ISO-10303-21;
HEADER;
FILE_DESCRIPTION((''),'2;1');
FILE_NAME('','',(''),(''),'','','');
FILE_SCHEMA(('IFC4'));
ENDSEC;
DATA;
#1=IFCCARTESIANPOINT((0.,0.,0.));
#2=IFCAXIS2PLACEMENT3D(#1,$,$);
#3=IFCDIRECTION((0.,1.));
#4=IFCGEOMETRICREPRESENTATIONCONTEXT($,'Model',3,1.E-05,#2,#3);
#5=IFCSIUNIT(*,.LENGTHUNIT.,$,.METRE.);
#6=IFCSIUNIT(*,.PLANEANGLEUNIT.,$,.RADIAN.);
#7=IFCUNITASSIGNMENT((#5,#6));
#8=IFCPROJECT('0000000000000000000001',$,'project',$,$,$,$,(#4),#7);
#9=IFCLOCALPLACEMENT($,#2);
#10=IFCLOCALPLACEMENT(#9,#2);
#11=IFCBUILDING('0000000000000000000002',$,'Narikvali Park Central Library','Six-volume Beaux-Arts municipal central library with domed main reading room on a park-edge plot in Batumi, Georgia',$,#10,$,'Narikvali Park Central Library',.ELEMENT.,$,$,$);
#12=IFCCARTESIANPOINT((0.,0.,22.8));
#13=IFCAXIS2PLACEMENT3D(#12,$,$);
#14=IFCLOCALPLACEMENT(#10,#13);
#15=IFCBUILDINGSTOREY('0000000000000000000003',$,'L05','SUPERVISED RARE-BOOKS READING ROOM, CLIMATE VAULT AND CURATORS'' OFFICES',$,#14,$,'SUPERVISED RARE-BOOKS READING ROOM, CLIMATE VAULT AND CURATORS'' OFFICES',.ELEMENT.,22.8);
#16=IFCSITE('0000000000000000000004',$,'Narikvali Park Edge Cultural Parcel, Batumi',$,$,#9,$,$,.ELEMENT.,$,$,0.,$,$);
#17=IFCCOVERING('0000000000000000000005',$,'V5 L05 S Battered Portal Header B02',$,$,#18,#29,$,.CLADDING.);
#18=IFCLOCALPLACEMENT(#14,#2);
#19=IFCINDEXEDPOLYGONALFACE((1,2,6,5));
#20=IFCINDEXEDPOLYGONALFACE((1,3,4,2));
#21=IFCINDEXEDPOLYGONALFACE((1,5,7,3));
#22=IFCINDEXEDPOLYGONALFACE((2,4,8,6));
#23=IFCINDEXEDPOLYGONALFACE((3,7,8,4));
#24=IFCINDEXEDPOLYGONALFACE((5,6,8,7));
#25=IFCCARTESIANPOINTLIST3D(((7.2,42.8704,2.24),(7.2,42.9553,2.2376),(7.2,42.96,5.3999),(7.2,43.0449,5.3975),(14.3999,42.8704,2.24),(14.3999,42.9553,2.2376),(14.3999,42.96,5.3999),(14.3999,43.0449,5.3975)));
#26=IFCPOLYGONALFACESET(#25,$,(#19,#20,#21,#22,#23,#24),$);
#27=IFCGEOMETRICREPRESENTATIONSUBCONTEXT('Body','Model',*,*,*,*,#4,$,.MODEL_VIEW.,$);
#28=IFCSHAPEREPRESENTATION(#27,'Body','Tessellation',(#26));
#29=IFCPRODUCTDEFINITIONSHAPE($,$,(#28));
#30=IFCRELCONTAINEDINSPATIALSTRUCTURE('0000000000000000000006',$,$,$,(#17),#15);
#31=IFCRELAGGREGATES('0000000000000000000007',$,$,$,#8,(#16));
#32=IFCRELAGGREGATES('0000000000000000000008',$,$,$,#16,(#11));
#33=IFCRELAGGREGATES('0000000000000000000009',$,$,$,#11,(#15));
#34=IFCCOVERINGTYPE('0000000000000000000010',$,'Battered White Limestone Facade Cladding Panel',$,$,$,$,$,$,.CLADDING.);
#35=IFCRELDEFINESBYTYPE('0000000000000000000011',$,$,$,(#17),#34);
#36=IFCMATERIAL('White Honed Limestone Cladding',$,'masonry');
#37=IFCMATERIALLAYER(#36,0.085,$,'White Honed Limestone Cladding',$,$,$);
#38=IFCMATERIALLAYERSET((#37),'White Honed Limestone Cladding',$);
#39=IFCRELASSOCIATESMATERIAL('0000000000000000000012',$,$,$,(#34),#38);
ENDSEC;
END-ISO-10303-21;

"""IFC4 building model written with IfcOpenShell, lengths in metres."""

from ifc_helpers import new_model, si_unit, direction, frame, origin, place, context, subcontext, project, spatial, polyline, outline, extrude, material, layer, layer_set, type_object, element, save


model = new_model("IFC4")

# Units and contexts
model_context = context("Model", 3, precision=1e-05, world=origin(), true_north=direction((0.0, 1.0)))
body_context = subcontext(model_context, "Body", "Model", "MODEL_VIEW")
ifc_project = project(units=[si_unit("LENGTHUNIT", "METRE"), si_unit("PLANEANGLEUNIT", "RADIAN")], contexts=[model_context])

# Site, building, storey
site_placement = place(None, origin())
site = spatial("IfcSite", under=ifc_project, at=site_placement, Name="Narikvali Park Edge Cultural Parcel, Batumi", CompositionType="ELEMENT", RefElevation=0.0)
building_placement = place(site_placement, origin())
building = spatial("IfcBuilding", under=site, at=building_placement, Name="Narikvali Park Central Library", Description="Six-volume Beaux-Arts municipal central library with domed main reading room on a park-edge plot in Batumi, Georgia", LongName="Narikvali Park Central Library", CompositionType="ELEMENT")
storey_placement = place(building_placement, frame((0.0, 0.0, 22.8)))
storey = spatial("IfcBuildingStorey", under=building, at=storey_placement, Name="L05", Description="SUPERVISED RARE-BOOKS READING ROOM, CLIMATE VAULT AND CURATORS' OFFICES", LongName="SUPERVISED RARE-BOOKS READING ROOM, CLIMATE VAULT AND CURATORS' OFFICES", CompositionType="ELEMENT", Elevation=22.8)

# Covering
ifc_material_1 = material(Name="White Honed Limestone Cladding", Category="masonry")
ifc_layer_1 = layer(ifc_material_1, 0.085, Name="White Honed Limestone Cladding")
ifc_layer_set_1 = layer_set([ifc_layer_1], Name="White Honed Limestone Cladding")
covering_type = type_object("IfcCoveringType", Name="Battered White Limestone Facade Cladding Panel", PredefinedType="CLADDING", material=ifc_layer_set_1)
covering_1_placement = place(storey_placement, frame((7.2, 42.8704, 2.24), z_axis=(0.0, -0.999598, 0.028344), x_axis=(1.0, 0.0, 0.0)))
element("IfcCovering", 1, at=covering_1_placement, inside=storey, type_object=covering_type, Name="V5 L05 S Battered Portal Header B02", PredefinedType="CLADDING", context=body_context, shape_type="SweptSolid", body=[
    extrude(outline(polyline([(0.0, 0.0), (7.2, 0.0), (7.2, 3.1612), (0.0, 3.1612), (0.0, 0.0)])), origin(), (0.0, 0.0, -1.0), 0.085),
])

save(model, "model.ifc")
